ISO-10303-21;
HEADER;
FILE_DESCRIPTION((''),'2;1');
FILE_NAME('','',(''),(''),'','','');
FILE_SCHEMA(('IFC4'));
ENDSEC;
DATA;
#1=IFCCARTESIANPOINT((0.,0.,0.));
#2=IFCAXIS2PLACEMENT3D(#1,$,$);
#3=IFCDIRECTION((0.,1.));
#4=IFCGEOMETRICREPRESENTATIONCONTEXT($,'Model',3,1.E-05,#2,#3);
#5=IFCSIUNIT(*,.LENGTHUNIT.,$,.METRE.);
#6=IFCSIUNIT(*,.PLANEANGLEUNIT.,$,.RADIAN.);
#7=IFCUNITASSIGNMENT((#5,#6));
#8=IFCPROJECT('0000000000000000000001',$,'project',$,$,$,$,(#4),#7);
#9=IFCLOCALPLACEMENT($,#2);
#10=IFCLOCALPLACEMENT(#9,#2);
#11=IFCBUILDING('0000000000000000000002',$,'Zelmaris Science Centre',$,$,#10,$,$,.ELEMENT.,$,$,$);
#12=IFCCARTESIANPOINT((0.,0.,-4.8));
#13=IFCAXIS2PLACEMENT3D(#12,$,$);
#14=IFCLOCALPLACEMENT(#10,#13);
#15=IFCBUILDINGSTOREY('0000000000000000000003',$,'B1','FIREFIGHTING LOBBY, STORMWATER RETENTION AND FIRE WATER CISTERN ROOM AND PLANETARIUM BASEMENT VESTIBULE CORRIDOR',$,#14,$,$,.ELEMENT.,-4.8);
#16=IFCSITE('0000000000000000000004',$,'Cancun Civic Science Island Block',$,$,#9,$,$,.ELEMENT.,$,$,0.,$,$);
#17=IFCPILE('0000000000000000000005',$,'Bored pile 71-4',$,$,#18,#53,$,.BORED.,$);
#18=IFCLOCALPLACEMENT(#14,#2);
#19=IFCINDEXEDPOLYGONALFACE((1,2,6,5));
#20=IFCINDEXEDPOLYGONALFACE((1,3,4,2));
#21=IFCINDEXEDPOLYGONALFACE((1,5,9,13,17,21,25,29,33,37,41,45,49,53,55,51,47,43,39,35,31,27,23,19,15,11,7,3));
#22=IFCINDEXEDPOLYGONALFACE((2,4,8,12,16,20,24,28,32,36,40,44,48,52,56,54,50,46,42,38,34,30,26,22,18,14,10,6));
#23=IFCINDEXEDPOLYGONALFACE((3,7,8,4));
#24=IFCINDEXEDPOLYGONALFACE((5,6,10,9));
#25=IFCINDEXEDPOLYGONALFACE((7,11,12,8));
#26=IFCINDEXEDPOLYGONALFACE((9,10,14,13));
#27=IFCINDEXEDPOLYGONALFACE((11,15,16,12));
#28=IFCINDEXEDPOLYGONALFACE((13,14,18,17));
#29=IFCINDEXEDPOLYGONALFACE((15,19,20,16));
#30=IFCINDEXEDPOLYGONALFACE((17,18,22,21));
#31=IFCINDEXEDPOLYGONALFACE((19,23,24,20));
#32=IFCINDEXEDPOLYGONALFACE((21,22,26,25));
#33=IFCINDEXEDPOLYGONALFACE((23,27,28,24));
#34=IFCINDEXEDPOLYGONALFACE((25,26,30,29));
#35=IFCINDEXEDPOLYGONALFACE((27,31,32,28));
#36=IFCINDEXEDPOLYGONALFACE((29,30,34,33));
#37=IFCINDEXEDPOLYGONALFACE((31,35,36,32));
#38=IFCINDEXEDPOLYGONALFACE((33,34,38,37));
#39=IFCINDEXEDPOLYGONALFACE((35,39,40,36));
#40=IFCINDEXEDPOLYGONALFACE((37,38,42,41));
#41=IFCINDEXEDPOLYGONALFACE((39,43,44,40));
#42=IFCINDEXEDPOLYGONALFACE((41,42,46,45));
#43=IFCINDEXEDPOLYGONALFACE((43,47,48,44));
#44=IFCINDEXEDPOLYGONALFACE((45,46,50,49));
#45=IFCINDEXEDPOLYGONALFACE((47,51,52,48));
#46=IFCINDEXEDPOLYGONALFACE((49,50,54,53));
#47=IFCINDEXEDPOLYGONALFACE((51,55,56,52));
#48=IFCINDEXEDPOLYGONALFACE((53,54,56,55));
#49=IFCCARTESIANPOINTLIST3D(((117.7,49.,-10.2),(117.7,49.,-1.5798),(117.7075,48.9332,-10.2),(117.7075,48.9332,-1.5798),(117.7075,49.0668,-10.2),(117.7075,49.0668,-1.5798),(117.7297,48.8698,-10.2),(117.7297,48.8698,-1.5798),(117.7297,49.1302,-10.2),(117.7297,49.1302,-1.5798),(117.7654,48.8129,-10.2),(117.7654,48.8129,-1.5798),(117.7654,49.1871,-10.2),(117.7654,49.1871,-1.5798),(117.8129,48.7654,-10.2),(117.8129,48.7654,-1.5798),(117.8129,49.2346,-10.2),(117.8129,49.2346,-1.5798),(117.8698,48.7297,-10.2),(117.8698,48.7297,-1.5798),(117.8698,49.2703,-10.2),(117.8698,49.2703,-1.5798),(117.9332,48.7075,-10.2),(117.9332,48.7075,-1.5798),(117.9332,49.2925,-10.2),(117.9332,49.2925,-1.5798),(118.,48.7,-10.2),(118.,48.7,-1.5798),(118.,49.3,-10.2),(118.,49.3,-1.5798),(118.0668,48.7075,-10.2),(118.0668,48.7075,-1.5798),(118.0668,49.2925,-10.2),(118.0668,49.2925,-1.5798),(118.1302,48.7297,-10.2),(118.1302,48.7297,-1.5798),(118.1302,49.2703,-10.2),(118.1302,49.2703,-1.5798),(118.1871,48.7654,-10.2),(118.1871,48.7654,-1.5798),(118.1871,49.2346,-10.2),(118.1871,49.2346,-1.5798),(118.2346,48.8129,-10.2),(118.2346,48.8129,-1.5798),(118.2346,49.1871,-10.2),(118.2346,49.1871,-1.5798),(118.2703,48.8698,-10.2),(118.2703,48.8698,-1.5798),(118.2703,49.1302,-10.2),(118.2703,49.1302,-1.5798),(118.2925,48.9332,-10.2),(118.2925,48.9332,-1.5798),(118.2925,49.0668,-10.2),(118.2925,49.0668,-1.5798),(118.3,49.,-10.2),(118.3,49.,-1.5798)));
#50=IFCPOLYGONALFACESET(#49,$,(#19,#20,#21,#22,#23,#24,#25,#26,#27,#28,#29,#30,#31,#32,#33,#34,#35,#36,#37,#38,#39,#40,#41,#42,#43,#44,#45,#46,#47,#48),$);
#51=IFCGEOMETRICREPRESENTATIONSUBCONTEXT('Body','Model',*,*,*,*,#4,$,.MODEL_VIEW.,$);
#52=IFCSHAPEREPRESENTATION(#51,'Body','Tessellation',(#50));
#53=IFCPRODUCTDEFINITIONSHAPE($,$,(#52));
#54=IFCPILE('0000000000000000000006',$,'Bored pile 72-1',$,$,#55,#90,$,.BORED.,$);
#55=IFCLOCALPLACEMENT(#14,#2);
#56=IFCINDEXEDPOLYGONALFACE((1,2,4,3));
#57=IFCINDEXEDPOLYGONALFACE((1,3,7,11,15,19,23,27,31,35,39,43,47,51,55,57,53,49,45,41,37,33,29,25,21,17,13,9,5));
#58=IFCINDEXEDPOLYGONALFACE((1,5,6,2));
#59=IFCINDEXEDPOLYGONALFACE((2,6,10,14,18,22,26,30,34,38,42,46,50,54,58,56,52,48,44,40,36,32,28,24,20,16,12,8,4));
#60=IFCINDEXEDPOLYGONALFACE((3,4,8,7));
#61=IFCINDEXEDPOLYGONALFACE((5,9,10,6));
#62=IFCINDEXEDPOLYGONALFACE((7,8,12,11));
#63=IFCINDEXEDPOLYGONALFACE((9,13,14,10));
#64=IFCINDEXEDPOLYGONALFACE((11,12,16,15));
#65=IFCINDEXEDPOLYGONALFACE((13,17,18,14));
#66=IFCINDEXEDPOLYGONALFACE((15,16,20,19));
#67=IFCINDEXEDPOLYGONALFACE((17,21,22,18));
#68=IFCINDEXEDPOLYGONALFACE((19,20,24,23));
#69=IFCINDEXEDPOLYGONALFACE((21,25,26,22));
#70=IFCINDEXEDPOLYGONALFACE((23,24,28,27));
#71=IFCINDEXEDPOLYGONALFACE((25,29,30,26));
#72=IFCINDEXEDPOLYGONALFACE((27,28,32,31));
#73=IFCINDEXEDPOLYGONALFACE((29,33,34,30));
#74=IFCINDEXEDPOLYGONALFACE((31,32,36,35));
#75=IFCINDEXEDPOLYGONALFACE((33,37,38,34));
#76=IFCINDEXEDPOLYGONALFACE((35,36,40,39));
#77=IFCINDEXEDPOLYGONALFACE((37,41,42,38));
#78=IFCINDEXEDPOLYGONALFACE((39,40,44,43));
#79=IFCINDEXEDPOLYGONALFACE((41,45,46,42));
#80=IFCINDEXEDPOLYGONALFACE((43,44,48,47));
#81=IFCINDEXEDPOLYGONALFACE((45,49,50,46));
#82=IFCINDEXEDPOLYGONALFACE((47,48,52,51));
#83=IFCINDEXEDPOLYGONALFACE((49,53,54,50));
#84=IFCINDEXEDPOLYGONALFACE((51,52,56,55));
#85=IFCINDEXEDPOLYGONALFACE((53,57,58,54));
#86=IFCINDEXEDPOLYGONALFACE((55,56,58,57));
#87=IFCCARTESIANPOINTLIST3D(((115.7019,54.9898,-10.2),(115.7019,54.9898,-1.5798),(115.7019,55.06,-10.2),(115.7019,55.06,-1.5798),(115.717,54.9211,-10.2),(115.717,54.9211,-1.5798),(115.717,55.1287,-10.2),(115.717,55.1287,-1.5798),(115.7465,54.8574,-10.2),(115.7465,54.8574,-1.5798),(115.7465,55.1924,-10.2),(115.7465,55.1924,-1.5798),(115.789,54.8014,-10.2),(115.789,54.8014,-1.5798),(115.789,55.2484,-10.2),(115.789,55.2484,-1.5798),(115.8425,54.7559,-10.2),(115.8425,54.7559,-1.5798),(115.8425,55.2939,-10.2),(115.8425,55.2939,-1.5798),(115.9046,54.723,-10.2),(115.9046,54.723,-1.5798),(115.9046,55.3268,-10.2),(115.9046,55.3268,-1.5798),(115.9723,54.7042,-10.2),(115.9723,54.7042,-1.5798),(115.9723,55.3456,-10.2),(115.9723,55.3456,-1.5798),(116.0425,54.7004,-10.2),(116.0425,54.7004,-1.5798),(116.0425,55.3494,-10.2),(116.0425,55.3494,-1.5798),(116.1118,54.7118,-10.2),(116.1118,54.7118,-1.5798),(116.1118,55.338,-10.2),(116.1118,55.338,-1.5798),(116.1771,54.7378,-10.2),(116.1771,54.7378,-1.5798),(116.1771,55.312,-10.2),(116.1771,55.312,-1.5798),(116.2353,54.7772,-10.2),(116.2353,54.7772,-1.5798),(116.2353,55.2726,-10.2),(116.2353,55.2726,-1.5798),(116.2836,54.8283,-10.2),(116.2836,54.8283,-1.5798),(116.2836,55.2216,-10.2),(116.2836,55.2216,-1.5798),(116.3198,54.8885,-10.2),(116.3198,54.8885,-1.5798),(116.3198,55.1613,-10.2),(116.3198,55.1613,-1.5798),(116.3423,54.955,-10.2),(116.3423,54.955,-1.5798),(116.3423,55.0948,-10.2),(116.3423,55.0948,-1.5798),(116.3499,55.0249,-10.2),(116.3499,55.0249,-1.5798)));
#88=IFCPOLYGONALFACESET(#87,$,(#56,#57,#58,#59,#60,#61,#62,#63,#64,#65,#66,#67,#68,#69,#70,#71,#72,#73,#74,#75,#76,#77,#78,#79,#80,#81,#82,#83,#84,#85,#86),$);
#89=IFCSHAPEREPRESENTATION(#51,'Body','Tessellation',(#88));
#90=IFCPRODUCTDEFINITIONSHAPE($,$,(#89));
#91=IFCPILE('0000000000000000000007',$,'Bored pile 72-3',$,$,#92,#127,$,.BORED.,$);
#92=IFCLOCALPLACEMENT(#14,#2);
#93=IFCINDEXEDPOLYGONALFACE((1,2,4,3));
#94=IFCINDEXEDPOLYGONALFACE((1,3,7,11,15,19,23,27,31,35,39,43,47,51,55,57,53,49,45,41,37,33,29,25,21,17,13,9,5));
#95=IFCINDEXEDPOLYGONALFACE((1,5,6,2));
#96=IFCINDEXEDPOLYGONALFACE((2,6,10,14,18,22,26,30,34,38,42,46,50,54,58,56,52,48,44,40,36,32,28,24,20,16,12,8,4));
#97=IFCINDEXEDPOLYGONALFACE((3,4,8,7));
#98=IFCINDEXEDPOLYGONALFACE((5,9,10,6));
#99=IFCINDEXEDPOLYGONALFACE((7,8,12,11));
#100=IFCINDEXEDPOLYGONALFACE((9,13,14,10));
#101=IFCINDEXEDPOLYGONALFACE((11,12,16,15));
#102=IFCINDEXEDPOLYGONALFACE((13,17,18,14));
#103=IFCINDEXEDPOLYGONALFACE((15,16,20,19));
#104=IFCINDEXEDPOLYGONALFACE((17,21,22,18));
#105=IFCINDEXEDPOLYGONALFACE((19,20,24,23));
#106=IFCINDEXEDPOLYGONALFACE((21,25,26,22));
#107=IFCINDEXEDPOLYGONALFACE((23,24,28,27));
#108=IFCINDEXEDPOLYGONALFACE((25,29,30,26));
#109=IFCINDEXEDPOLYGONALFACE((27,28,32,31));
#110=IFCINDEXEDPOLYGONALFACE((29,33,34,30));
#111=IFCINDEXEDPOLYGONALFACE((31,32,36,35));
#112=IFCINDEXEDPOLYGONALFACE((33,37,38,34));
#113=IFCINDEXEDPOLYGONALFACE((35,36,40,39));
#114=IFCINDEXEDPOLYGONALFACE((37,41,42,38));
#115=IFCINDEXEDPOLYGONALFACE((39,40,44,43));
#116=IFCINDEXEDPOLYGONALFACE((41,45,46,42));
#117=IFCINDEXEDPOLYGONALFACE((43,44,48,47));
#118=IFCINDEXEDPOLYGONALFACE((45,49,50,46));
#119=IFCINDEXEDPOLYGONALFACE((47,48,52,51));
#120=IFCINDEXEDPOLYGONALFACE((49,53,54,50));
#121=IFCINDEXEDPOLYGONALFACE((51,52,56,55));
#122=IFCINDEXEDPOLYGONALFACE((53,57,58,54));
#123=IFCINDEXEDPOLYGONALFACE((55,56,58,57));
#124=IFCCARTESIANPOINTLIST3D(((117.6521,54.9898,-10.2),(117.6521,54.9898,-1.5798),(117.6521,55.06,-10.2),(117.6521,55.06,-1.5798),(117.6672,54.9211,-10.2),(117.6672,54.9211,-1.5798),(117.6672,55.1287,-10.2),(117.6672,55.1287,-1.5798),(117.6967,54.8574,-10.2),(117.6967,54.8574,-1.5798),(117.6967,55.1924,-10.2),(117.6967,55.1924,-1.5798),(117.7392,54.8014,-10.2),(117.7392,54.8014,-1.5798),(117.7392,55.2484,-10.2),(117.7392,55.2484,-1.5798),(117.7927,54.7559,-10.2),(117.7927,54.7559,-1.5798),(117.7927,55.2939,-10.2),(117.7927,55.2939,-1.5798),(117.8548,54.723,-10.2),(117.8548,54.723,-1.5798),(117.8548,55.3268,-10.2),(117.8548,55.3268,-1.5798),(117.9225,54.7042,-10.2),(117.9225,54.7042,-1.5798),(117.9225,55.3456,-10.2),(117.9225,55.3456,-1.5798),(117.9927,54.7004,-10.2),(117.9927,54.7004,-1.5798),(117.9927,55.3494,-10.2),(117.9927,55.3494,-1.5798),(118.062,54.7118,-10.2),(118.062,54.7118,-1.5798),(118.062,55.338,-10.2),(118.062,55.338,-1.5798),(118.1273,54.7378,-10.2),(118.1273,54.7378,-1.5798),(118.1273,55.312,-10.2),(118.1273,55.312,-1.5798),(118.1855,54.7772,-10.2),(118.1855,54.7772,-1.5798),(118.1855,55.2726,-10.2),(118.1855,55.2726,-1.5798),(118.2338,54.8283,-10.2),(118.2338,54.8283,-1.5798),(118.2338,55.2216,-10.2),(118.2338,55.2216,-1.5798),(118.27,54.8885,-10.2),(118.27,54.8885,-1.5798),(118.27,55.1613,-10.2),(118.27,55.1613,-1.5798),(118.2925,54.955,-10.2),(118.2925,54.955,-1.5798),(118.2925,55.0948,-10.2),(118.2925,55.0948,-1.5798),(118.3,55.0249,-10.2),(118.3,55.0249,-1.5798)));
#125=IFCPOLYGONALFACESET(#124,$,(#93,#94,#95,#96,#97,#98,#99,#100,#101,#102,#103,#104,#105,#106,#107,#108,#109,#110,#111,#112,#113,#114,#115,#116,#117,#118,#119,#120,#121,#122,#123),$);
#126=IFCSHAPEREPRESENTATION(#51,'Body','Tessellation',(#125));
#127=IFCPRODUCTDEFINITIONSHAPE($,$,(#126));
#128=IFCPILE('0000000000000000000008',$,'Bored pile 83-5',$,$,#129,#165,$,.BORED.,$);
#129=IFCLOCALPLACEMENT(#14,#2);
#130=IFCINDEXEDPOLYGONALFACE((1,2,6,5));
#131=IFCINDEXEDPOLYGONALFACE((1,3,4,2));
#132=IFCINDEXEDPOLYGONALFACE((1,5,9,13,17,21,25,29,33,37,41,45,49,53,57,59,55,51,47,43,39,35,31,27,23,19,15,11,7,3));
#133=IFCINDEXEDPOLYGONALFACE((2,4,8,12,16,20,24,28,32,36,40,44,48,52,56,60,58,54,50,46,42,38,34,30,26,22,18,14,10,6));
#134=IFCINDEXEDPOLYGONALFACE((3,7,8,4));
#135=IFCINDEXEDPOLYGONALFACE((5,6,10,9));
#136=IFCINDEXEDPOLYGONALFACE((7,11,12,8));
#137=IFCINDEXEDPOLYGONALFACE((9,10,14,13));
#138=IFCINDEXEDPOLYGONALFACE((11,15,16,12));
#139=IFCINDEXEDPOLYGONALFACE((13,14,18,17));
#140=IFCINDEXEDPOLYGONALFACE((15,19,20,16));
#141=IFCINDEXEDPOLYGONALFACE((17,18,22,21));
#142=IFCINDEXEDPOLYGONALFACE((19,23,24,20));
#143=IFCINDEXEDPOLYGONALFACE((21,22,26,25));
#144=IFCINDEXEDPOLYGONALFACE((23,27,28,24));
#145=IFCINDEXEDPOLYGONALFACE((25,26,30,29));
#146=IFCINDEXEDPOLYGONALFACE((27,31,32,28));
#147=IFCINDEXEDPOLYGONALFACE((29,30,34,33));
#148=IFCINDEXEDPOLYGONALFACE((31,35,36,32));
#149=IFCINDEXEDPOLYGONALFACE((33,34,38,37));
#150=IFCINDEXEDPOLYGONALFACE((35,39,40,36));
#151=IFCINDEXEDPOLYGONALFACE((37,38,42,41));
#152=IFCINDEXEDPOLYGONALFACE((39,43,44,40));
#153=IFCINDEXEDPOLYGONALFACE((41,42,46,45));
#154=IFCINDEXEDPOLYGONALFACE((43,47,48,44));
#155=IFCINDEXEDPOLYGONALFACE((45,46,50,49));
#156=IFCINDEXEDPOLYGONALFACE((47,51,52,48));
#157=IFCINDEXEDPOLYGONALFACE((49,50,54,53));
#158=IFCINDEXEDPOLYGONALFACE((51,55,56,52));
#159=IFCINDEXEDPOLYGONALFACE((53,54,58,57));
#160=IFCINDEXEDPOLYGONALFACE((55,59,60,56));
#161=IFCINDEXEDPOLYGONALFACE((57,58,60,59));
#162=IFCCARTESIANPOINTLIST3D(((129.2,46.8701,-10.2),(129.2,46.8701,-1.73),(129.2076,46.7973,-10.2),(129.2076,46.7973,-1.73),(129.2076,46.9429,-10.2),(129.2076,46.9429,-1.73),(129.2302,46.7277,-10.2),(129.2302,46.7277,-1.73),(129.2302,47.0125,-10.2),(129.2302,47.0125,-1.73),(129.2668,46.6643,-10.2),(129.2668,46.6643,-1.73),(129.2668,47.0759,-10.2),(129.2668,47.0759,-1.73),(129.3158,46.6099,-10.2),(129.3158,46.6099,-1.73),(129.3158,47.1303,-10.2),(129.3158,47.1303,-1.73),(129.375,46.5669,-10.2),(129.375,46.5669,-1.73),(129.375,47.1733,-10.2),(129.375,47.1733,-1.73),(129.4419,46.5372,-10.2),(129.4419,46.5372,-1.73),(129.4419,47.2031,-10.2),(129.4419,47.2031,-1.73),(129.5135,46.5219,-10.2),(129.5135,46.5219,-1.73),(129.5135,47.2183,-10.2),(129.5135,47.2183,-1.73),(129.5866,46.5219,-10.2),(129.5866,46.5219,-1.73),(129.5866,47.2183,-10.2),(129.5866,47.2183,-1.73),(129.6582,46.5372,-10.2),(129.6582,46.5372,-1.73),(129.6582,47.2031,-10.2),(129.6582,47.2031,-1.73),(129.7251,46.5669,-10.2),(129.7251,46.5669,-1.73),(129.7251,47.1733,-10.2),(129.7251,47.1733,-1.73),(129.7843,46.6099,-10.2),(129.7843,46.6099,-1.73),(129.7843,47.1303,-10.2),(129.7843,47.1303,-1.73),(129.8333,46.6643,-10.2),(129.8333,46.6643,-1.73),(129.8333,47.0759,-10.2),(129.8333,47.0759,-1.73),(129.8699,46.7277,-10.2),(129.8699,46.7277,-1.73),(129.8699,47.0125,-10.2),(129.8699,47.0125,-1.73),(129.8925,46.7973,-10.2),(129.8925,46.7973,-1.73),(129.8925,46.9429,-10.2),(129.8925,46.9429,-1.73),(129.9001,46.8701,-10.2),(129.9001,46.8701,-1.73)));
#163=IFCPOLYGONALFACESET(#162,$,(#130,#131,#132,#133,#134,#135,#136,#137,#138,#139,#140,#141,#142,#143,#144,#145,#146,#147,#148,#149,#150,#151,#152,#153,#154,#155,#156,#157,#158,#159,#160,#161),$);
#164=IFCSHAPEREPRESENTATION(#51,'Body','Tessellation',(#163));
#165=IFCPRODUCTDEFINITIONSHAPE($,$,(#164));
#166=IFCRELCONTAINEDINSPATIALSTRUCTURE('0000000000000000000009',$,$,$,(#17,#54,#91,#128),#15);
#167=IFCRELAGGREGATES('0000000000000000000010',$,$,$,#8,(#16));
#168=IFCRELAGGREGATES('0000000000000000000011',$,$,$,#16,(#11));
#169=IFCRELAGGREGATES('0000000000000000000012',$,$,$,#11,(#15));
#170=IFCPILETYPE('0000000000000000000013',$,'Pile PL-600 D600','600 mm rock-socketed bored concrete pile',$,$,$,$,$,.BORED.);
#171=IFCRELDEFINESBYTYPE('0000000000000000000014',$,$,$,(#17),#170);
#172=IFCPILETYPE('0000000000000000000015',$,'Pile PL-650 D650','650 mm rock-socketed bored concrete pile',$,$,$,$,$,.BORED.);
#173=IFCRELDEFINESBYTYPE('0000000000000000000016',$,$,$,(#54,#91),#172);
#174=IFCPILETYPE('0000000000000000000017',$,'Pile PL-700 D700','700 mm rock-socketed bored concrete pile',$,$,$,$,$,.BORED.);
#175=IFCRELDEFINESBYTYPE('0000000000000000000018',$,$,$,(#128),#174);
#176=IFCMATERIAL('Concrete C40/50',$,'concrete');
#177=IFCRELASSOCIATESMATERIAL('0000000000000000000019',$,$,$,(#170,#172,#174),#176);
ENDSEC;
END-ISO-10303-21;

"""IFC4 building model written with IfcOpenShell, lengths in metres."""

from ifc_helpers import new_model, si_unit, direction, frame, origin, origin_2d, place, context, subcontext, project, spatial, circle, extrude, material, material_profile, profile_set, type_object, element, save


model = new_model("IFC4")

# Units and contexts
model_context = context("Model", 3, precision=1e-05, world=origin(), true_north=direction((0.0, 1.0)))
body_context = subcontext(model_context, "Body", "Model", "MODEL_VIEW")
ifc_project = project(units=[si_unit("LENGTHUNIT", "METRE"), si_unit("PLANEANGLEUNIT", "RADIAN")], contexts=[model_context])

# Site, building, storey
site_placement = place(None, origin())
site = spatial("IfcSite", under=ifc_project, at=site_placement, Name="Cancun Civic Science Island Block", CompositionType="ELEMENT", RefElevation=0.0)
building_placement = place(site_placement, origin())
building = spatial("IfcBuilding", under=site, at=building_placement, Name="Zelmaris Science Centre", CompositionType="ELEMENT")
storey_placement = place(building_placement, frame((0.0, 0.0, -4.8)))
storey = spatial("IfcBuildingStorey", under=building, at=storey_placement, Name="B1", Description="FIREFIGHTING LOBBY, STORMWATER RETENTION AND FIRE WATER CISTERN ROOM AND PLANETARIUM BASEMENT VESTIBULE CORRIDOR", CompositionType="ELEMENT", Elevation=-4.8)

# Shared definitions
ifc_material_1 = material(Name="Concrete C40/50", Category="concrete")

# Piles
ifc_material_profile_1 = material_profile(ifc_material_1, circle(Radius=0.3, at=origin_2d()), Name="PILE-600")
ifc_profile_set_1 = profile_set([ifc_material_profile_1], Name="Concrete C40/50")
pile_type_1 = type_object("IfcPileType", Name="Pile PL-600 D600", Description="600 mm rock-socketed bored concrete pile", PredefinedType="BORED", material=ifc_profile_set_1)
for number, where, z_axis, x_axis, name in (
    (1, (118.0, 49.0, -1.5798), (0.0, 0.0, -1.0), (1.0, 0.0, 0.0), "Bored pile 71-4"),
):
    element("IfcPile", number, at=place(storey_placement, frame(where, z_axis=z_axis, x_axis=x_axis)), inside=storey, type_object=pile_type_1, Name=name, PredefinedType="BORED", context=body_context, shape_type="SweptSolid", body=[
        extrude(circle(Radius=0.3, at=origin_2d()), origin(), (0.0, 0.0, 1.0), 8.6201),
    ])
ifc_material_profile_2 = material_profile(ifc_material_1, circle(Radius=0.325, at=origin_2d()), Name="PILE-650")
ifc_profile_set_2 = profile_set([ifc_material_profile_2], Name="Concrete C40/50")
pile_type_2 = type_object("IfcPileType", Name="Pile PL-650 D650", Description="650 mm rock-socketed bored concrete pile", PredefinedType="BORED", material=ifc_profile_set_2)
for number, where, z_axis, x_axis, name in (
    (2, (116.0249, 55.0249, -1.5798), (0.0, 0.0, -1.0), (1.0, 0.0, 0.0), "Bored pile 72-1"),
    (3, (117.9751, 55.0249, -1.5798), (0.0, 0.0, -1.0), (1.0, 0.0, 0.0), "Bored pile 72-3"),
):
    element("IfcPile", number, at=place(storey_placement, frame(where, z_axis=z_axis, x_axis=x_axis)), inside=storey, type_object=pile_type_2, Name=name, PredefinedType="BORED", context=body_context, shape_type="SweptSolid", body=[
        extrude(circle(Radius=0.325, at=origin_2d()), origin(), (0.0, 0.0, 1.0), 8.6201),
    ])
ifc_material_profile_3 = material_profile(ifc_material_1, circle(Radius=0.3501, at=origin_2d()), Name="PILE-700")
ifc_profile_set_3 = profile_set([ifc_material_profile_3], Name="Concrete C40/50")
pile_type_3 = type_object("IfcPileType", Name="Pile PL-700 D700", Description="700 mm rock-socketed bored concrete pile", PredefinedType="BORED", material=ifc_profile_set_3)
pile_1_placement = place(storey_placement, frame((129.55, 46.8701, -1.73), z_axis=(0.0, 0.0, -1.0), x_axis=(1.0, 0.0, 0.0)))
element("IfcPile", 4, at=pile_1_placement, inside=storey, type_object=pile_type_3, Name="Bored pile 83-5", PredefinedType="BORED", context=body_context, shape_type="SweptSolid", body=[
    extrude(circle(Radius=0.3501, at=origin_2d()), origin(), (0.0, 0.0, 1.0), 8.47),
])

save(model, "model.ifc")
